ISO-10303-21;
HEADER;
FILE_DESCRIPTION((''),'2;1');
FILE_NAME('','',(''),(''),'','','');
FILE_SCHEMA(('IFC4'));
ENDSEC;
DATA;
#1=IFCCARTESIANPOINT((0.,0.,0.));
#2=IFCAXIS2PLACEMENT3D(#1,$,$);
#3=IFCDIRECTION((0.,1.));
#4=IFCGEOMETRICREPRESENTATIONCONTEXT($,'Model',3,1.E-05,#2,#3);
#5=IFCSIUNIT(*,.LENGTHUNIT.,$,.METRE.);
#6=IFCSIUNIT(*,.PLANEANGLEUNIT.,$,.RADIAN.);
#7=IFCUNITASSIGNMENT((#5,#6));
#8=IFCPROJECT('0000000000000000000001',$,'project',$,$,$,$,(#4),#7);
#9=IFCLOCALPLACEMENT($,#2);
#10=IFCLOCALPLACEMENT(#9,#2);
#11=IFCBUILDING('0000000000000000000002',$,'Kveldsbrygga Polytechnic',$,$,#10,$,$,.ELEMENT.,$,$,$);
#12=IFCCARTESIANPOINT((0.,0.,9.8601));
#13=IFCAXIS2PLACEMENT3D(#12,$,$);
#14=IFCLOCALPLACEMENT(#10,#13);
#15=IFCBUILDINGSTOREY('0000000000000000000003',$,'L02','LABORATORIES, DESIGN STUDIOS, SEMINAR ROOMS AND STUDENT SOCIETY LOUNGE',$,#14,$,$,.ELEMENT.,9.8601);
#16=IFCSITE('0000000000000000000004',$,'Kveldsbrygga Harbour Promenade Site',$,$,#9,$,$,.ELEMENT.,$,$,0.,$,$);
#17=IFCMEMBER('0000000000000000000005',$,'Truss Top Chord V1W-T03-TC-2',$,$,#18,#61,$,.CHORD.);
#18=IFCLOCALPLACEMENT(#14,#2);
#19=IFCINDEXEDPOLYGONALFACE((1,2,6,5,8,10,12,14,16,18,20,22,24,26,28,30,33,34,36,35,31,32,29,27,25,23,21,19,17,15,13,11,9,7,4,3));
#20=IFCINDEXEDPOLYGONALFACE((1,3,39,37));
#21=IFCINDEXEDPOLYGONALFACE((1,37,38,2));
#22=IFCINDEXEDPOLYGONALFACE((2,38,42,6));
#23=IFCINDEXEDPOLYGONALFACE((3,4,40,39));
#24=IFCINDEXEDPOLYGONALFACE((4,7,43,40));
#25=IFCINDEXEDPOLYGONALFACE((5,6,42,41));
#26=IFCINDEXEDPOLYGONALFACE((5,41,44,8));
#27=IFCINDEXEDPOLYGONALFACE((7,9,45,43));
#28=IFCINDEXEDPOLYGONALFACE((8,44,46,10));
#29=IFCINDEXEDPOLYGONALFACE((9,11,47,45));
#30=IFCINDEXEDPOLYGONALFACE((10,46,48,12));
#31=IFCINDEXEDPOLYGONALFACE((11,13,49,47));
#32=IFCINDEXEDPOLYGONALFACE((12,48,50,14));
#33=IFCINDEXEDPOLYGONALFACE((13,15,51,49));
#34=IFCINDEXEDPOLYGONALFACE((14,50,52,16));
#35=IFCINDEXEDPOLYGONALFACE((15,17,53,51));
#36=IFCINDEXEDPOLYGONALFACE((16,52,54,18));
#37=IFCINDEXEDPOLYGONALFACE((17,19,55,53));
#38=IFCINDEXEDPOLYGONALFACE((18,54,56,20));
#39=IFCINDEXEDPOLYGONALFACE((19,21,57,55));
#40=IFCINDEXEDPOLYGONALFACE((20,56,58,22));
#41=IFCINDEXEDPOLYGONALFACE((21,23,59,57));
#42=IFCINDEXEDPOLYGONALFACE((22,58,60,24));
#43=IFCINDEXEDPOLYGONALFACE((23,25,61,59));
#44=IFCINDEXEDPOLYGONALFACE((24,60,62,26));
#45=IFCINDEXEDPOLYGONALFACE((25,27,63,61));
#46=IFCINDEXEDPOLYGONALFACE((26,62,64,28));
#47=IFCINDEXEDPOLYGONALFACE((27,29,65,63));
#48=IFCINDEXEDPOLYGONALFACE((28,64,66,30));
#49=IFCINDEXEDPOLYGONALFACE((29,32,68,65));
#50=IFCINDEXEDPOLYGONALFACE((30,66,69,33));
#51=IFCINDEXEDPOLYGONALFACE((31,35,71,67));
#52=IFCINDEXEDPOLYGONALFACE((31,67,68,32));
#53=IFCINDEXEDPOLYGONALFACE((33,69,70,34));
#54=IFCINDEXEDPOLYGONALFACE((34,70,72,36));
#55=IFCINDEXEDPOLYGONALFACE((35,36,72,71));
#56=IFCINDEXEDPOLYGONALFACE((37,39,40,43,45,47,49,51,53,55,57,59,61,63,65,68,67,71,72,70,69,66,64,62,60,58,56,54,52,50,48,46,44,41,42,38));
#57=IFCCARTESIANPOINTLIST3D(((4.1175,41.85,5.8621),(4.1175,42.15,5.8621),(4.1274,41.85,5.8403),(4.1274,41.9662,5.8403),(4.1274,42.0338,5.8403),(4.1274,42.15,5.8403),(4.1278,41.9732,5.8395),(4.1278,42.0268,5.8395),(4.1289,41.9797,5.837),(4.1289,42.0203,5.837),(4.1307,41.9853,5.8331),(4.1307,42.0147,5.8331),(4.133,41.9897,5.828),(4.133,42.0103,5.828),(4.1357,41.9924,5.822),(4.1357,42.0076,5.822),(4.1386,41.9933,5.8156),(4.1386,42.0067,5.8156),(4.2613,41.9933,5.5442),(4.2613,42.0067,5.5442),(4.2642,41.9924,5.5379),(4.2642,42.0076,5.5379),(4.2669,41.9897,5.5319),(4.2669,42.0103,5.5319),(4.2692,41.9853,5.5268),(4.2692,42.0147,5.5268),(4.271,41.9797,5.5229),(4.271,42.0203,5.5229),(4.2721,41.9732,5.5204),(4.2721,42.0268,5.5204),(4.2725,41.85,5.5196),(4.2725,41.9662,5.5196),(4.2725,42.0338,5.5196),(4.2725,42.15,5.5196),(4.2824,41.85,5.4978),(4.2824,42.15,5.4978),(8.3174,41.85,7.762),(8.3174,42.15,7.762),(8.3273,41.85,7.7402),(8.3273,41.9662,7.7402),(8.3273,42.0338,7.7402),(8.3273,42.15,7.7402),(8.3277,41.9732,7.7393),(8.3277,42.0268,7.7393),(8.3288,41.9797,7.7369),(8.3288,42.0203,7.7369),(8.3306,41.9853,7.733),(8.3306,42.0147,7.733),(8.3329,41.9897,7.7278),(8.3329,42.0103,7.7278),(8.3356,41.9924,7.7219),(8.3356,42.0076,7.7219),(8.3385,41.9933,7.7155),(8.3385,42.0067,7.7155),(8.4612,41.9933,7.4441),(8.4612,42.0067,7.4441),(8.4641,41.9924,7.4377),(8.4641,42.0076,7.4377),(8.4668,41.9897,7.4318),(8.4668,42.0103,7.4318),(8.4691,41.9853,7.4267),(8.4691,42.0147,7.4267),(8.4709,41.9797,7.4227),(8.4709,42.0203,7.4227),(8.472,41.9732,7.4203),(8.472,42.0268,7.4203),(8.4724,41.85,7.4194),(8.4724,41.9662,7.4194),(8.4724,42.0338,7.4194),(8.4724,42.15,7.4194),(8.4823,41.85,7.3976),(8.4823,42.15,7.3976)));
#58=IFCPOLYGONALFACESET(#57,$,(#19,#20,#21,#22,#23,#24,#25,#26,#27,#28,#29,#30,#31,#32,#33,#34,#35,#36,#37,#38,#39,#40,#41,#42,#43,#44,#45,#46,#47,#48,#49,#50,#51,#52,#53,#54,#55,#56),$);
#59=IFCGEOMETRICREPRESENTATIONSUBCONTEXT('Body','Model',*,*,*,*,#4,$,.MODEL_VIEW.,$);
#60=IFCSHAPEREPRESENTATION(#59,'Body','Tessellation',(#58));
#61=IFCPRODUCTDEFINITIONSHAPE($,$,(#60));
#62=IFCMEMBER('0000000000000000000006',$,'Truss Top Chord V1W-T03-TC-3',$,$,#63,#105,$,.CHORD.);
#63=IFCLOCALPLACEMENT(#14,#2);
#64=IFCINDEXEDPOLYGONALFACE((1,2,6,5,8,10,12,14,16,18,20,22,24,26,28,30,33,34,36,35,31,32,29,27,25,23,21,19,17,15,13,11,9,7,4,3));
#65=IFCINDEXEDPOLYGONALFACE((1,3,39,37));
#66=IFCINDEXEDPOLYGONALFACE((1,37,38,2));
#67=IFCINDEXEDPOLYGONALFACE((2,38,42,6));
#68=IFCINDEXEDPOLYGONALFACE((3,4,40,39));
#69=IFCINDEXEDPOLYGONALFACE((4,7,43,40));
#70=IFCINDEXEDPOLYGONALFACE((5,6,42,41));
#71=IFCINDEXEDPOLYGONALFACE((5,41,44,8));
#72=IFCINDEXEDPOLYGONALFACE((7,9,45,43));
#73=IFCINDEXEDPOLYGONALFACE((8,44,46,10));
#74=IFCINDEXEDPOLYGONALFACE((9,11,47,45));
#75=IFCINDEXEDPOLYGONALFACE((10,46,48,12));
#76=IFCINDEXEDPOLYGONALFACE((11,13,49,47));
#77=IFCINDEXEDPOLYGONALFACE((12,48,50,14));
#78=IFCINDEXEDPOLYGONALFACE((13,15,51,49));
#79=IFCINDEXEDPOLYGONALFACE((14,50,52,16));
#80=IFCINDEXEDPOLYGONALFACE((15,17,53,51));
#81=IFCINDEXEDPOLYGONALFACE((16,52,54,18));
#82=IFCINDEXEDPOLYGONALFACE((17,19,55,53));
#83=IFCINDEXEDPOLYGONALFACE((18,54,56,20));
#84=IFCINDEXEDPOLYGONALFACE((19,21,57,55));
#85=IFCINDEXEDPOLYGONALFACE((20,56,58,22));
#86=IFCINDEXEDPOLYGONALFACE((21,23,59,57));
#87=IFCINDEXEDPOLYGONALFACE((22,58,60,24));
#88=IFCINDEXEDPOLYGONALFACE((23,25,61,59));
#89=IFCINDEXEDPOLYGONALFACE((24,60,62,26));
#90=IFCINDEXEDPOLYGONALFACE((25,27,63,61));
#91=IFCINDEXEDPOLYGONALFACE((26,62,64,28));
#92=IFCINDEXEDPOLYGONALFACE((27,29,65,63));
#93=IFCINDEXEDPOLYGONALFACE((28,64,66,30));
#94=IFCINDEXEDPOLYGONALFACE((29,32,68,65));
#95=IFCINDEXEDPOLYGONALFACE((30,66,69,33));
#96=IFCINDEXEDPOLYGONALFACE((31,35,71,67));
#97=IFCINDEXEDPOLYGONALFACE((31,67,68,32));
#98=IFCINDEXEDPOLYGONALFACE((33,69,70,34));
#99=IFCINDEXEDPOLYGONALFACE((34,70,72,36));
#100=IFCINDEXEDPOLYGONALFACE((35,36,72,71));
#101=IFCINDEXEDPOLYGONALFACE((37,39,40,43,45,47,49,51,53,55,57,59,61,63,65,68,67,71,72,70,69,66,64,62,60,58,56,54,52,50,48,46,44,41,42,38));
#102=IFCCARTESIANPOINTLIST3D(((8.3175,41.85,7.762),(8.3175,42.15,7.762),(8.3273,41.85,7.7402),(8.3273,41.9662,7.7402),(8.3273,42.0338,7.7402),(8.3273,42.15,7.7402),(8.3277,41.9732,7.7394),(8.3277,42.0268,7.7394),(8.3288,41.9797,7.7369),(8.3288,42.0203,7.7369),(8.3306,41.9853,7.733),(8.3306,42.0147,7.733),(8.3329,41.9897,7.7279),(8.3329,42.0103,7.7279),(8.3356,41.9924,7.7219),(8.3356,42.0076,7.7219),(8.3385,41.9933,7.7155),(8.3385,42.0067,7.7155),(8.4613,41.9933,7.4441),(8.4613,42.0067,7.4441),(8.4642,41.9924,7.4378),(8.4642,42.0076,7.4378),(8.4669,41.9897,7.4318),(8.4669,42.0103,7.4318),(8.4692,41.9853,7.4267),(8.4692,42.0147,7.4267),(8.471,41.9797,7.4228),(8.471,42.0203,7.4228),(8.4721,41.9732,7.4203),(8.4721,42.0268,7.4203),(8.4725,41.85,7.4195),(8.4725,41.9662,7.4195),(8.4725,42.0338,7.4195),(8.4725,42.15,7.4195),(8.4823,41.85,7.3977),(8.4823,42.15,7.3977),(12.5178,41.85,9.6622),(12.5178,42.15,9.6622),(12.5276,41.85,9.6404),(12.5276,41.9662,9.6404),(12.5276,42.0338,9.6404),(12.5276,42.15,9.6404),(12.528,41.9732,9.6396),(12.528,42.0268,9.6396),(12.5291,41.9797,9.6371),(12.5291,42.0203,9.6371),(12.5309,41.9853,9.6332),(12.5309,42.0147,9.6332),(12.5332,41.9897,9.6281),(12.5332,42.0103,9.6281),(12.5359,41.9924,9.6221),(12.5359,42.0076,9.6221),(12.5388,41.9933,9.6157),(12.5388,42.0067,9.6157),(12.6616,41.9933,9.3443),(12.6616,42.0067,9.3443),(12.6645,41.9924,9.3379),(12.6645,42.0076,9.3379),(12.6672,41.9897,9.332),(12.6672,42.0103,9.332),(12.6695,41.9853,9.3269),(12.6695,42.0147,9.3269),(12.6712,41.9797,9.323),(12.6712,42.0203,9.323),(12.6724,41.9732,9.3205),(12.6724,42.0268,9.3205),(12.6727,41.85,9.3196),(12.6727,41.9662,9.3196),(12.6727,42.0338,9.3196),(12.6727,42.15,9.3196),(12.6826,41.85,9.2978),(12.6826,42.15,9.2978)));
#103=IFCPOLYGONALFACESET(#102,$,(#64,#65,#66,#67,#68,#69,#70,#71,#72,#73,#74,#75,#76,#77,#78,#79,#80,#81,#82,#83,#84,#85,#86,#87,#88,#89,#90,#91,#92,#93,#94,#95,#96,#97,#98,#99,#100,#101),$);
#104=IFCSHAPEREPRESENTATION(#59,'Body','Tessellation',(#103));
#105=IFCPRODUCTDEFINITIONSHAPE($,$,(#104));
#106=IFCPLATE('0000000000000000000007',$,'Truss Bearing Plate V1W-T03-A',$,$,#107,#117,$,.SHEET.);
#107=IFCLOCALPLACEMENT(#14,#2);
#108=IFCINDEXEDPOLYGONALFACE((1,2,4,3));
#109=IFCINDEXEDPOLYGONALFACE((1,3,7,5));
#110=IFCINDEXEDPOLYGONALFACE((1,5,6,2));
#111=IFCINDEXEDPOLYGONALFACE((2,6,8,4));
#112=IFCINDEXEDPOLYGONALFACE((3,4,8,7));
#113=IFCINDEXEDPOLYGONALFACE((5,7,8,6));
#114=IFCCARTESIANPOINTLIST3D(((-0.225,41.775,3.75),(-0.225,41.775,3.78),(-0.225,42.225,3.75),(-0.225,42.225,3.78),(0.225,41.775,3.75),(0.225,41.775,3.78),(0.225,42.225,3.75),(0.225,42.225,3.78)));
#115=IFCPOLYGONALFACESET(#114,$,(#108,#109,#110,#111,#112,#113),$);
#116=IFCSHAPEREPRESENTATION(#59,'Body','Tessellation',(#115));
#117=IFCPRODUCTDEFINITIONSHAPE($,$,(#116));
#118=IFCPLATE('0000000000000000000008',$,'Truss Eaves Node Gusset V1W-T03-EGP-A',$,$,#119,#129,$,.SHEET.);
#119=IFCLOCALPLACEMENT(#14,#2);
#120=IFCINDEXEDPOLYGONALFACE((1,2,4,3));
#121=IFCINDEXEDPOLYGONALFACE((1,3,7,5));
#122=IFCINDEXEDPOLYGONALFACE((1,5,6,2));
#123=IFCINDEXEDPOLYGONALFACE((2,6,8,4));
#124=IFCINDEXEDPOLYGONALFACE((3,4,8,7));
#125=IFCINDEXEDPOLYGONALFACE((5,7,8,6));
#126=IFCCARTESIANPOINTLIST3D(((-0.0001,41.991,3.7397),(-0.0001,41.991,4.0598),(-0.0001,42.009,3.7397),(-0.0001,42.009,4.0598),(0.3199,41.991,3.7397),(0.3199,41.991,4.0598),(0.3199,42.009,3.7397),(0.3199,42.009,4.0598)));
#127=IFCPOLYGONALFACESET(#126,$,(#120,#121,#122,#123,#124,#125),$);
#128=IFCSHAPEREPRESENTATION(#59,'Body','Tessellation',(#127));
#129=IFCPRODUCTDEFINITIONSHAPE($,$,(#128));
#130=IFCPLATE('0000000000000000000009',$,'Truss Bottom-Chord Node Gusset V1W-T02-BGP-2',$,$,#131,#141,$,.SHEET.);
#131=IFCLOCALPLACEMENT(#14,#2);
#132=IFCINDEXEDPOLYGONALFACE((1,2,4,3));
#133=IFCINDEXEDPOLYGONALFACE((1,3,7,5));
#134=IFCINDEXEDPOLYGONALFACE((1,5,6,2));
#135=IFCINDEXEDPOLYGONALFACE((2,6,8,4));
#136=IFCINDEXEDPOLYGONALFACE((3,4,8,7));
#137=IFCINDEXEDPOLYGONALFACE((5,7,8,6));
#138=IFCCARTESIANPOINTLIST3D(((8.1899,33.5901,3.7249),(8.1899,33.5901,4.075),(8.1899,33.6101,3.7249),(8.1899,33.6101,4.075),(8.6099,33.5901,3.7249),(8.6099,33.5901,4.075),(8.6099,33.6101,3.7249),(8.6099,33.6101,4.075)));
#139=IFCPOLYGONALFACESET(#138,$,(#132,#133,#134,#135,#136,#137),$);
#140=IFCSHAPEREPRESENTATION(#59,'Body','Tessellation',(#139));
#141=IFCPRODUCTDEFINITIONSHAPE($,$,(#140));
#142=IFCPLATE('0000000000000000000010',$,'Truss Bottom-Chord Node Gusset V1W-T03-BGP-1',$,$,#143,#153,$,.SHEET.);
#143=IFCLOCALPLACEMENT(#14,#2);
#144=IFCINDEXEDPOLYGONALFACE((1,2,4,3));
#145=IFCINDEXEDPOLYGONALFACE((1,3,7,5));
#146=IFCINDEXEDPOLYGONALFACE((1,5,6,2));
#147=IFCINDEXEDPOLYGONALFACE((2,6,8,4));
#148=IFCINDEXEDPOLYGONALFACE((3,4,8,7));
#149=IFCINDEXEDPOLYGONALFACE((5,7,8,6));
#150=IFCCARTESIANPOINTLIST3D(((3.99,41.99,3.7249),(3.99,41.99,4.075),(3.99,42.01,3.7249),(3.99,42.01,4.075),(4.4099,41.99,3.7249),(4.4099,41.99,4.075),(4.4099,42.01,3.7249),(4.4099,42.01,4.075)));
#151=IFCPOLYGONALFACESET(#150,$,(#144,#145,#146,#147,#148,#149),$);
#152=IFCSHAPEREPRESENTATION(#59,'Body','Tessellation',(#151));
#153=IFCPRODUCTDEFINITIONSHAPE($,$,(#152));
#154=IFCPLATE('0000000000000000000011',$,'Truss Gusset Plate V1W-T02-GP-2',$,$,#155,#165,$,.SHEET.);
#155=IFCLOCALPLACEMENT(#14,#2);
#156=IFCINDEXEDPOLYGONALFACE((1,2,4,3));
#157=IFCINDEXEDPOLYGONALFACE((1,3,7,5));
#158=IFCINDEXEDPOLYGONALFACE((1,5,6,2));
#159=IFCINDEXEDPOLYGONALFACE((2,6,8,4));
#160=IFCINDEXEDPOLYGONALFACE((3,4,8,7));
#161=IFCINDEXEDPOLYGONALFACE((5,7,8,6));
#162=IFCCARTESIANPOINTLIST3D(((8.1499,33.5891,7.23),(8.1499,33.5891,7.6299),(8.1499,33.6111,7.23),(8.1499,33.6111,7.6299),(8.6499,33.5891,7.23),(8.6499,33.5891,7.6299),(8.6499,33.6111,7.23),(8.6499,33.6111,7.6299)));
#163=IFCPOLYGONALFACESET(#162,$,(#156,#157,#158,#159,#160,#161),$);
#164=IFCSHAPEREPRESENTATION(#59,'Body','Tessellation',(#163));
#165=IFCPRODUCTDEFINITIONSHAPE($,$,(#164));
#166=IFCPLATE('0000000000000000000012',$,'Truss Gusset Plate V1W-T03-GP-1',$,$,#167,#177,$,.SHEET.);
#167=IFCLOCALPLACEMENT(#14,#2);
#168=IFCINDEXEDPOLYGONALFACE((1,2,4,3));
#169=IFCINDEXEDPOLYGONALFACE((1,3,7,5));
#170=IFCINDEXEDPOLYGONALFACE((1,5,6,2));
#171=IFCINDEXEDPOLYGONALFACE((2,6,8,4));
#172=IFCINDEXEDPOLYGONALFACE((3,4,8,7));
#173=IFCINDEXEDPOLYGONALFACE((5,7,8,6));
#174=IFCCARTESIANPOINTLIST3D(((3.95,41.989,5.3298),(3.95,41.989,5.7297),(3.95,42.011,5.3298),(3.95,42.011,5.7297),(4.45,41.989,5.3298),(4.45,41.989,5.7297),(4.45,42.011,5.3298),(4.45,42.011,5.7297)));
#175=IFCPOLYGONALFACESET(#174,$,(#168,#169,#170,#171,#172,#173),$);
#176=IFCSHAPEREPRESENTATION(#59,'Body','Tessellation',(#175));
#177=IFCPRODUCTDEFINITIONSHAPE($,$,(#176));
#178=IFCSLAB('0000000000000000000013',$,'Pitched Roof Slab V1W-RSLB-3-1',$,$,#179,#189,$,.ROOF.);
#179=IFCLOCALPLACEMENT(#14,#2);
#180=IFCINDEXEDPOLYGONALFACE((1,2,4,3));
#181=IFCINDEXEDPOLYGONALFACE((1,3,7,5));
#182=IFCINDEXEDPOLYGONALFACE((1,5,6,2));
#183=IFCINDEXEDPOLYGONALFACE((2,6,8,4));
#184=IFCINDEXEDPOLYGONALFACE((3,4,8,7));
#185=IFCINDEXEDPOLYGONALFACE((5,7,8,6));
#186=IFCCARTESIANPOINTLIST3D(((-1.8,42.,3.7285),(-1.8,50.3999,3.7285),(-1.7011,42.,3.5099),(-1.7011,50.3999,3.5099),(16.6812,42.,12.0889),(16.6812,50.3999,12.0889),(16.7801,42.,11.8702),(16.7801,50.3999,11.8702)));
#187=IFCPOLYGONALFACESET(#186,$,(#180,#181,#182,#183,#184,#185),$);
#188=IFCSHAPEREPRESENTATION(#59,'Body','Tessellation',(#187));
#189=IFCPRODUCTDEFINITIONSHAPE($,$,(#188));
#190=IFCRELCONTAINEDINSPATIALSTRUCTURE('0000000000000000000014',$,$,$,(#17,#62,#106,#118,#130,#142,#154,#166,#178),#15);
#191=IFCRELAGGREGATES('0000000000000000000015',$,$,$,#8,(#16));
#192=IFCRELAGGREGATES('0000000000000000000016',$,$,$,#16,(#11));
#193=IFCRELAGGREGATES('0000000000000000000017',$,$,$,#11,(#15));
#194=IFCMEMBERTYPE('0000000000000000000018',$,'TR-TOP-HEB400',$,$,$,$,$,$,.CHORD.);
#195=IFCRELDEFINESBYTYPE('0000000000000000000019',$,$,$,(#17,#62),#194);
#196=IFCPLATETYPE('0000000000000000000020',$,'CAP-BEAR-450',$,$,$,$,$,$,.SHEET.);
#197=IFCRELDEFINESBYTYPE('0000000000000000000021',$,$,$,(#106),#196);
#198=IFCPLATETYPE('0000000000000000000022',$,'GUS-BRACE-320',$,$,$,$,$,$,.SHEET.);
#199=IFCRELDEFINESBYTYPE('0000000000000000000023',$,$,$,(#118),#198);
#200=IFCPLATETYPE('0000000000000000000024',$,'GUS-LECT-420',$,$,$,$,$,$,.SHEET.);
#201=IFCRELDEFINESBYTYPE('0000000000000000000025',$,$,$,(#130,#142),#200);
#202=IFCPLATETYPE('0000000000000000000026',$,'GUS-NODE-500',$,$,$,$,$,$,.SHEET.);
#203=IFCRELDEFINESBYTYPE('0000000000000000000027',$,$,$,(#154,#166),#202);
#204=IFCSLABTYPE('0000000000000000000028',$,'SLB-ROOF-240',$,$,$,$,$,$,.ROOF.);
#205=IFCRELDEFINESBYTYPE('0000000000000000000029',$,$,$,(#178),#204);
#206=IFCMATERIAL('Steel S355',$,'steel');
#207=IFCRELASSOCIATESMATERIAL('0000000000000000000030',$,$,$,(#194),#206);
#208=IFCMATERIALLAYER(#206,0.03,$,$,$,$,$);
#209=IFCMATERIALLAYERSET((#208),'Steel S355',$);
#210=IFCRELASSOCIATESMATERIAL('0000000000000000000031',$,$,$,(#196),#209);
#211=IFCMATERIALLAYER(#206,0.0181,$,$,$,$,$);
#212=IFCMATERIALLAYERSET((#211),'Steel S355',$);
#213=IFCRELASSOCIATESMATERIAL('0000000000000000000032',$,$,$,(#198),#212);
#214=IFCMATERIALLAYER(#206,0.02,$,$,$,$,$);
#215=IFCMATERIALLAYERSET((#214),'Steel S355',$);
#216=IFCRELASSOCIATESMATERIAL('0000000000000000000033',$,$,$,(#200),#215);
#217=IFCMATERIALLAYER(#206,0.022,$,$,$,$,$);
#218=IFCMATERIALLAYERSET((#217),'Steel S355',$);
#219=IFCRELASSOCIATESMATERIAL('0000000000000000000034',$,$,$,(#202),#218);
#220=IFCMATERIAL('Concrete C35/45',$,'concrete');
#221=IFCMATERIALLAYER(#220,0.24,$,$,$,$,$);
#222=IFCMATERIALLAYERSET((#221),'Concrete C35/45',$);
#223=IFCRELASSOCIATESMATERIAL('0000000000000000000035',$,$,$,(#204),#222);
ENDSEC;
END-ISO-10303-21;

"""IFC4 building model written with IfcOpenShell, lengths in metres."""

from ifc_helpers import new_model, si_unit, direction, frame, origin, origin_2d, place, context, subcontext, project, spatial, polyline, rectangle, i_section, outline, extrude, material, layer, layer_set, material_profile, profile_set, type_object, element, save


model = new_model("IFC4")

# Units and contexts
model_context = context("Model", 3, precision=1e-05, world=origin(), true_north=direction((0.0, 1.0)))
body_context = subcontext(model_context, "Body", "Model", "MODEL_VIEW")
ifc_project = project(units=[si_unit("LENGTHUNIT", "METRE"), si_unit("PLANEANGLEUNIT", "RADIAN")], contexts=[model_context])

# Site, building, storey
site_placement = place(None, origin())
site = spatial("IfcSite", under=ifc_project, at=site_placement, Name="Kveldsbrygga Harbour Promenade Site", CompositionType="ELEMENT", RefElevation=0.0)
building_placement = place(site_placement, origin())
building = spatial("IfcBuilding", under=site, at=building_placement, Name="Kveldsbrygga Polytechnic", CompositionType="ELEMENT")
storey_placement = place(building_placement, frame((0.0, 0.0, 9.8601)))
storey = spatial("IfcBuildingStorey", under=building, at=storey_placement, Name="L02", Description="LABORATORIES, DESIGN STUDIOS, SEMINAR ROOMS AND STUDENT SOCIETY LOUNGE", CompositionType="ELEMENT", Elevation=9.8601)

# Shared definitions
ifc_material_1 = material(Name="Steel S355", Category="steel")

# Members
ifc_material_profile_1 = material_profile(ifc_material_1, i_section(OverallWidth=0.3, OverallDepth=0.3999, WebThickness=0.0134, FlangeThickness=0.0239, FilletRadius=0.0271, at=origin_2d()), Name="HEB 400")
ifc_profile_set_1 = profile_set([ifc_material_profile_1], Name="Steel S355")
member_type_1 = type_object("IfcMemberType", Name="TR-TOP-HEB400", PredefinedType="CHORD", material=ifc_profile_set_1)
member_1_placement = place(storey_placement, frame((4.2, 42.0, 5.6799), z_axis=(0.911114, 0.0, 0.412154), x_axis=(0.0, 1.0, 0.0)))
element("IfcMember", 1, at=member_1_placement, inside=storey, type_object=member_type_1, Name="Truss Top Chord V1W-T03-TC-2", PredefinedType="CHORD", context=body_context, shape_type="SweptSolid", body=[
    extrude(i_section(OverallWidth=0.3, OverallDepth=0.3999, WebThickness=0.0134, FlangeThickness=0.0239, FilletRadius=0.0271, at=origin_2d()), origin(), (0.0, 0.0, 1.0), 4.6096),
])
member_2_placement = place(storey_placement, frame((8.3999, 42.0, 7.5798), z_axis=(0.911103, 0.0, 0.412178), x_axis=(0.0, 1.0, 0.0)))
element("IfcMember", 2, at=member_2_placement, inside=storey, type_object=member_type_1, Name="Truss Top Chord V1W-T03-TC-3", PredefinedType="CHORD", context=body_context, shape_type="SweptSolid", body=[
    extrude(i_section(OverallWidth=0.3, OverallDepth=0.3999, WebThickness=0.0134, FlangeThickness=0.0239, FilletRadius=0.0271, at=origin_2d()), origin(), (0.0, 0.0, 1.0), 4.6101),
])

# Plates
ifc_layer_1 = layer(ifc_material_1, 0.03)
ifc_layer_set_1 = layer_set([ifc_layer_1], Name="Steel S355")
plate_type_1 = type_object("IfcPlateType", Name="CAP-BEAR-450", PredefinedType="SHEET", material=ifc_layer_set_1)
plate_1_placement = place(storey_placement, frame((0.0, 42.0, 3.75), z_axis=(0.0, 0.0, 1.0), x_axis=(1.0, 0.0, 0.0)))
element("IfcPlate", 3, at=plate_1_placement, inside=storey, type_object=plate_type_1, Name="Truss Bearing Plate V1W-T03-A", PredefinedType="SHEET", context=body_context, shape_type="SweptSolid", body=[
    extrude(rectangle(XDim=0.45, YDim=0.45, at=origin_2d()), origin(), (0.0, 0.0, 1.0), 0.03),
])
ifc_layer_2 = layer(ifc_material_1, 0.0181)
ifc_layer_set_2 = layer_set([ifc_layer_2], Name="Steel S355")
plate_type_2 = type_object("IfcPlateType", Name="GUS-BRACE-320", PredefinedType="SHEET", material=ifc_layer_set_2)
plate_2_placement = place(storey_placement, frame((0.1599, 42.0, 3.7397), z_axis=(0.0, 0.0, 1.0), x_axis=(1.0, 0.0, 0.0)))
element("IfcPlate", 4, at=plate_2_placement, inside=storey, type_object=plate_type_2, Name="Truss Eaves Node Gusset V1W-T03-EGP-A", PredefinedType="SHEET", context=body_context, shape_type="SweptSolid", body=[
    extrude(rectangle(XDim=0.3201, YDim=0.0181, at=origin_2d()), origin(), (0.0, 0.0, 1.0), 0.3201),
])
ifc_layer_3 = layer(ifc_material_1, 0.02)
ifc_layer_set_3 = layer_set([ifc_layer_3], Name="Steel S355")
plate_type_3 = type_object("IfcPlateType", Name="GUS-LECT-420", PredefinedType="SHEET", material=ifc_layer_set_3)
for number, where, z_axis, x_axis, name in (
    (5, (8.3999, 33.6001, 3.7249), (0.0, 0.0, 1.0), (1.0, 0.0, 0.0), "Truss Bottom-Chord Node Gusset V1W-T02-BGP-2"),
    (6, (4.2, 42.0, 3.7249), (0.0, 0.0, 1.0), (1.0, 0.0, 0.0), "Truss Bottom-Chord Node Gusset V1W-T03-BGP-1"),
):
    element("IfcPlate", number, at=place(storey_placement, frame(where, z_axis=z_axis, x_axis=x_axis)), inside=storey, type_object=plate_type_3, Name=name, PredefinedType="SHEET", context=body_context, shape_type="SweptSolid", body=[
        extrude(rectangle(XDim=0.4199, YDim=0.02, at=origin_2d()), origin(), (0.0, 0.0, 1.0), 0.3501),
    ])
ifc_layer_4 = layer(ifc_material_1, 0.022)
ifc_layer_set_4 = layer_set([ifc_layer_4], Name="Steel S355")
plate_type_4 = type_object("IfcPlateType", Name="GUS-NODE-500", PredefinedType="SHEET", material=ifc_layer_set_4)
for number, where, z_axis, x_axis, name in (
    (7, (8.3999, 33.6001, 7.23), (0.0, 0.0, 1.0), (1.0, 0.0, 0.0), "Truss Gusset Plate V1W-T02-GP-2"),
    (8, (4.2, 42.0, 5.3298), (0.0, 0.0, 1.0), (1.0, 0.0, 0.0), "Truss Gusset Plate V1W-T03-GP-1"),
):
    element("IfcPlate", number, at=place(storey_placement, frame(where, z_axis=z_axis, x_axis=x_axis)), inside=storey, type_object=plate_type_4, Name=name, PredefinedType="SHEET", context=body_context, shape_type="SweptSolid", body=[
        extrude(rectangle(XDim=0.5, YDim=0.022, at=origin_2d()), origin(), (0.0, 0.0, 1.0), 0.3999),
    ])

# Slab
ifc_material_2 = material(Name="Concrete C35/45", Category="concrete")
ifc_layer_5 = layer(ifc_material_2, 0.24)
ifc_layer_set_5 = layer_set([ifc_layer_5], Name="Concrete C35/45")
slab_type = type_object("IfcSlabType", Name="SLB-ROOF-240", PredefinedType="ROOF", material=ifc_layer_set_5)
slab_placement = place(storey_placement, frame((-1.8, 42.0, 3.7285), z_axis=(-0.41216, 0.0, 0.911111), x_axis=(0.911111, 0.0, 0.41216)))
element("IfcSlab", 9, at=slab_placement, inside=storey, type_object=slab_type, Name="Pitched Roof Slab V1W-RSLB-3-1", PredefinedType="ROOF", context=body_context, shape_type="SweptSolid", body=[
    extrude(outline(polyline([(0.0, 0.0), (20.2842, 0.0), (20.2842, 8.3999), (0.0, 8.3999), (0.0, 0.0)])), origin(), (0.0, 0.0, -1.0), 0.24),
])

save(model, "model.ifc")
